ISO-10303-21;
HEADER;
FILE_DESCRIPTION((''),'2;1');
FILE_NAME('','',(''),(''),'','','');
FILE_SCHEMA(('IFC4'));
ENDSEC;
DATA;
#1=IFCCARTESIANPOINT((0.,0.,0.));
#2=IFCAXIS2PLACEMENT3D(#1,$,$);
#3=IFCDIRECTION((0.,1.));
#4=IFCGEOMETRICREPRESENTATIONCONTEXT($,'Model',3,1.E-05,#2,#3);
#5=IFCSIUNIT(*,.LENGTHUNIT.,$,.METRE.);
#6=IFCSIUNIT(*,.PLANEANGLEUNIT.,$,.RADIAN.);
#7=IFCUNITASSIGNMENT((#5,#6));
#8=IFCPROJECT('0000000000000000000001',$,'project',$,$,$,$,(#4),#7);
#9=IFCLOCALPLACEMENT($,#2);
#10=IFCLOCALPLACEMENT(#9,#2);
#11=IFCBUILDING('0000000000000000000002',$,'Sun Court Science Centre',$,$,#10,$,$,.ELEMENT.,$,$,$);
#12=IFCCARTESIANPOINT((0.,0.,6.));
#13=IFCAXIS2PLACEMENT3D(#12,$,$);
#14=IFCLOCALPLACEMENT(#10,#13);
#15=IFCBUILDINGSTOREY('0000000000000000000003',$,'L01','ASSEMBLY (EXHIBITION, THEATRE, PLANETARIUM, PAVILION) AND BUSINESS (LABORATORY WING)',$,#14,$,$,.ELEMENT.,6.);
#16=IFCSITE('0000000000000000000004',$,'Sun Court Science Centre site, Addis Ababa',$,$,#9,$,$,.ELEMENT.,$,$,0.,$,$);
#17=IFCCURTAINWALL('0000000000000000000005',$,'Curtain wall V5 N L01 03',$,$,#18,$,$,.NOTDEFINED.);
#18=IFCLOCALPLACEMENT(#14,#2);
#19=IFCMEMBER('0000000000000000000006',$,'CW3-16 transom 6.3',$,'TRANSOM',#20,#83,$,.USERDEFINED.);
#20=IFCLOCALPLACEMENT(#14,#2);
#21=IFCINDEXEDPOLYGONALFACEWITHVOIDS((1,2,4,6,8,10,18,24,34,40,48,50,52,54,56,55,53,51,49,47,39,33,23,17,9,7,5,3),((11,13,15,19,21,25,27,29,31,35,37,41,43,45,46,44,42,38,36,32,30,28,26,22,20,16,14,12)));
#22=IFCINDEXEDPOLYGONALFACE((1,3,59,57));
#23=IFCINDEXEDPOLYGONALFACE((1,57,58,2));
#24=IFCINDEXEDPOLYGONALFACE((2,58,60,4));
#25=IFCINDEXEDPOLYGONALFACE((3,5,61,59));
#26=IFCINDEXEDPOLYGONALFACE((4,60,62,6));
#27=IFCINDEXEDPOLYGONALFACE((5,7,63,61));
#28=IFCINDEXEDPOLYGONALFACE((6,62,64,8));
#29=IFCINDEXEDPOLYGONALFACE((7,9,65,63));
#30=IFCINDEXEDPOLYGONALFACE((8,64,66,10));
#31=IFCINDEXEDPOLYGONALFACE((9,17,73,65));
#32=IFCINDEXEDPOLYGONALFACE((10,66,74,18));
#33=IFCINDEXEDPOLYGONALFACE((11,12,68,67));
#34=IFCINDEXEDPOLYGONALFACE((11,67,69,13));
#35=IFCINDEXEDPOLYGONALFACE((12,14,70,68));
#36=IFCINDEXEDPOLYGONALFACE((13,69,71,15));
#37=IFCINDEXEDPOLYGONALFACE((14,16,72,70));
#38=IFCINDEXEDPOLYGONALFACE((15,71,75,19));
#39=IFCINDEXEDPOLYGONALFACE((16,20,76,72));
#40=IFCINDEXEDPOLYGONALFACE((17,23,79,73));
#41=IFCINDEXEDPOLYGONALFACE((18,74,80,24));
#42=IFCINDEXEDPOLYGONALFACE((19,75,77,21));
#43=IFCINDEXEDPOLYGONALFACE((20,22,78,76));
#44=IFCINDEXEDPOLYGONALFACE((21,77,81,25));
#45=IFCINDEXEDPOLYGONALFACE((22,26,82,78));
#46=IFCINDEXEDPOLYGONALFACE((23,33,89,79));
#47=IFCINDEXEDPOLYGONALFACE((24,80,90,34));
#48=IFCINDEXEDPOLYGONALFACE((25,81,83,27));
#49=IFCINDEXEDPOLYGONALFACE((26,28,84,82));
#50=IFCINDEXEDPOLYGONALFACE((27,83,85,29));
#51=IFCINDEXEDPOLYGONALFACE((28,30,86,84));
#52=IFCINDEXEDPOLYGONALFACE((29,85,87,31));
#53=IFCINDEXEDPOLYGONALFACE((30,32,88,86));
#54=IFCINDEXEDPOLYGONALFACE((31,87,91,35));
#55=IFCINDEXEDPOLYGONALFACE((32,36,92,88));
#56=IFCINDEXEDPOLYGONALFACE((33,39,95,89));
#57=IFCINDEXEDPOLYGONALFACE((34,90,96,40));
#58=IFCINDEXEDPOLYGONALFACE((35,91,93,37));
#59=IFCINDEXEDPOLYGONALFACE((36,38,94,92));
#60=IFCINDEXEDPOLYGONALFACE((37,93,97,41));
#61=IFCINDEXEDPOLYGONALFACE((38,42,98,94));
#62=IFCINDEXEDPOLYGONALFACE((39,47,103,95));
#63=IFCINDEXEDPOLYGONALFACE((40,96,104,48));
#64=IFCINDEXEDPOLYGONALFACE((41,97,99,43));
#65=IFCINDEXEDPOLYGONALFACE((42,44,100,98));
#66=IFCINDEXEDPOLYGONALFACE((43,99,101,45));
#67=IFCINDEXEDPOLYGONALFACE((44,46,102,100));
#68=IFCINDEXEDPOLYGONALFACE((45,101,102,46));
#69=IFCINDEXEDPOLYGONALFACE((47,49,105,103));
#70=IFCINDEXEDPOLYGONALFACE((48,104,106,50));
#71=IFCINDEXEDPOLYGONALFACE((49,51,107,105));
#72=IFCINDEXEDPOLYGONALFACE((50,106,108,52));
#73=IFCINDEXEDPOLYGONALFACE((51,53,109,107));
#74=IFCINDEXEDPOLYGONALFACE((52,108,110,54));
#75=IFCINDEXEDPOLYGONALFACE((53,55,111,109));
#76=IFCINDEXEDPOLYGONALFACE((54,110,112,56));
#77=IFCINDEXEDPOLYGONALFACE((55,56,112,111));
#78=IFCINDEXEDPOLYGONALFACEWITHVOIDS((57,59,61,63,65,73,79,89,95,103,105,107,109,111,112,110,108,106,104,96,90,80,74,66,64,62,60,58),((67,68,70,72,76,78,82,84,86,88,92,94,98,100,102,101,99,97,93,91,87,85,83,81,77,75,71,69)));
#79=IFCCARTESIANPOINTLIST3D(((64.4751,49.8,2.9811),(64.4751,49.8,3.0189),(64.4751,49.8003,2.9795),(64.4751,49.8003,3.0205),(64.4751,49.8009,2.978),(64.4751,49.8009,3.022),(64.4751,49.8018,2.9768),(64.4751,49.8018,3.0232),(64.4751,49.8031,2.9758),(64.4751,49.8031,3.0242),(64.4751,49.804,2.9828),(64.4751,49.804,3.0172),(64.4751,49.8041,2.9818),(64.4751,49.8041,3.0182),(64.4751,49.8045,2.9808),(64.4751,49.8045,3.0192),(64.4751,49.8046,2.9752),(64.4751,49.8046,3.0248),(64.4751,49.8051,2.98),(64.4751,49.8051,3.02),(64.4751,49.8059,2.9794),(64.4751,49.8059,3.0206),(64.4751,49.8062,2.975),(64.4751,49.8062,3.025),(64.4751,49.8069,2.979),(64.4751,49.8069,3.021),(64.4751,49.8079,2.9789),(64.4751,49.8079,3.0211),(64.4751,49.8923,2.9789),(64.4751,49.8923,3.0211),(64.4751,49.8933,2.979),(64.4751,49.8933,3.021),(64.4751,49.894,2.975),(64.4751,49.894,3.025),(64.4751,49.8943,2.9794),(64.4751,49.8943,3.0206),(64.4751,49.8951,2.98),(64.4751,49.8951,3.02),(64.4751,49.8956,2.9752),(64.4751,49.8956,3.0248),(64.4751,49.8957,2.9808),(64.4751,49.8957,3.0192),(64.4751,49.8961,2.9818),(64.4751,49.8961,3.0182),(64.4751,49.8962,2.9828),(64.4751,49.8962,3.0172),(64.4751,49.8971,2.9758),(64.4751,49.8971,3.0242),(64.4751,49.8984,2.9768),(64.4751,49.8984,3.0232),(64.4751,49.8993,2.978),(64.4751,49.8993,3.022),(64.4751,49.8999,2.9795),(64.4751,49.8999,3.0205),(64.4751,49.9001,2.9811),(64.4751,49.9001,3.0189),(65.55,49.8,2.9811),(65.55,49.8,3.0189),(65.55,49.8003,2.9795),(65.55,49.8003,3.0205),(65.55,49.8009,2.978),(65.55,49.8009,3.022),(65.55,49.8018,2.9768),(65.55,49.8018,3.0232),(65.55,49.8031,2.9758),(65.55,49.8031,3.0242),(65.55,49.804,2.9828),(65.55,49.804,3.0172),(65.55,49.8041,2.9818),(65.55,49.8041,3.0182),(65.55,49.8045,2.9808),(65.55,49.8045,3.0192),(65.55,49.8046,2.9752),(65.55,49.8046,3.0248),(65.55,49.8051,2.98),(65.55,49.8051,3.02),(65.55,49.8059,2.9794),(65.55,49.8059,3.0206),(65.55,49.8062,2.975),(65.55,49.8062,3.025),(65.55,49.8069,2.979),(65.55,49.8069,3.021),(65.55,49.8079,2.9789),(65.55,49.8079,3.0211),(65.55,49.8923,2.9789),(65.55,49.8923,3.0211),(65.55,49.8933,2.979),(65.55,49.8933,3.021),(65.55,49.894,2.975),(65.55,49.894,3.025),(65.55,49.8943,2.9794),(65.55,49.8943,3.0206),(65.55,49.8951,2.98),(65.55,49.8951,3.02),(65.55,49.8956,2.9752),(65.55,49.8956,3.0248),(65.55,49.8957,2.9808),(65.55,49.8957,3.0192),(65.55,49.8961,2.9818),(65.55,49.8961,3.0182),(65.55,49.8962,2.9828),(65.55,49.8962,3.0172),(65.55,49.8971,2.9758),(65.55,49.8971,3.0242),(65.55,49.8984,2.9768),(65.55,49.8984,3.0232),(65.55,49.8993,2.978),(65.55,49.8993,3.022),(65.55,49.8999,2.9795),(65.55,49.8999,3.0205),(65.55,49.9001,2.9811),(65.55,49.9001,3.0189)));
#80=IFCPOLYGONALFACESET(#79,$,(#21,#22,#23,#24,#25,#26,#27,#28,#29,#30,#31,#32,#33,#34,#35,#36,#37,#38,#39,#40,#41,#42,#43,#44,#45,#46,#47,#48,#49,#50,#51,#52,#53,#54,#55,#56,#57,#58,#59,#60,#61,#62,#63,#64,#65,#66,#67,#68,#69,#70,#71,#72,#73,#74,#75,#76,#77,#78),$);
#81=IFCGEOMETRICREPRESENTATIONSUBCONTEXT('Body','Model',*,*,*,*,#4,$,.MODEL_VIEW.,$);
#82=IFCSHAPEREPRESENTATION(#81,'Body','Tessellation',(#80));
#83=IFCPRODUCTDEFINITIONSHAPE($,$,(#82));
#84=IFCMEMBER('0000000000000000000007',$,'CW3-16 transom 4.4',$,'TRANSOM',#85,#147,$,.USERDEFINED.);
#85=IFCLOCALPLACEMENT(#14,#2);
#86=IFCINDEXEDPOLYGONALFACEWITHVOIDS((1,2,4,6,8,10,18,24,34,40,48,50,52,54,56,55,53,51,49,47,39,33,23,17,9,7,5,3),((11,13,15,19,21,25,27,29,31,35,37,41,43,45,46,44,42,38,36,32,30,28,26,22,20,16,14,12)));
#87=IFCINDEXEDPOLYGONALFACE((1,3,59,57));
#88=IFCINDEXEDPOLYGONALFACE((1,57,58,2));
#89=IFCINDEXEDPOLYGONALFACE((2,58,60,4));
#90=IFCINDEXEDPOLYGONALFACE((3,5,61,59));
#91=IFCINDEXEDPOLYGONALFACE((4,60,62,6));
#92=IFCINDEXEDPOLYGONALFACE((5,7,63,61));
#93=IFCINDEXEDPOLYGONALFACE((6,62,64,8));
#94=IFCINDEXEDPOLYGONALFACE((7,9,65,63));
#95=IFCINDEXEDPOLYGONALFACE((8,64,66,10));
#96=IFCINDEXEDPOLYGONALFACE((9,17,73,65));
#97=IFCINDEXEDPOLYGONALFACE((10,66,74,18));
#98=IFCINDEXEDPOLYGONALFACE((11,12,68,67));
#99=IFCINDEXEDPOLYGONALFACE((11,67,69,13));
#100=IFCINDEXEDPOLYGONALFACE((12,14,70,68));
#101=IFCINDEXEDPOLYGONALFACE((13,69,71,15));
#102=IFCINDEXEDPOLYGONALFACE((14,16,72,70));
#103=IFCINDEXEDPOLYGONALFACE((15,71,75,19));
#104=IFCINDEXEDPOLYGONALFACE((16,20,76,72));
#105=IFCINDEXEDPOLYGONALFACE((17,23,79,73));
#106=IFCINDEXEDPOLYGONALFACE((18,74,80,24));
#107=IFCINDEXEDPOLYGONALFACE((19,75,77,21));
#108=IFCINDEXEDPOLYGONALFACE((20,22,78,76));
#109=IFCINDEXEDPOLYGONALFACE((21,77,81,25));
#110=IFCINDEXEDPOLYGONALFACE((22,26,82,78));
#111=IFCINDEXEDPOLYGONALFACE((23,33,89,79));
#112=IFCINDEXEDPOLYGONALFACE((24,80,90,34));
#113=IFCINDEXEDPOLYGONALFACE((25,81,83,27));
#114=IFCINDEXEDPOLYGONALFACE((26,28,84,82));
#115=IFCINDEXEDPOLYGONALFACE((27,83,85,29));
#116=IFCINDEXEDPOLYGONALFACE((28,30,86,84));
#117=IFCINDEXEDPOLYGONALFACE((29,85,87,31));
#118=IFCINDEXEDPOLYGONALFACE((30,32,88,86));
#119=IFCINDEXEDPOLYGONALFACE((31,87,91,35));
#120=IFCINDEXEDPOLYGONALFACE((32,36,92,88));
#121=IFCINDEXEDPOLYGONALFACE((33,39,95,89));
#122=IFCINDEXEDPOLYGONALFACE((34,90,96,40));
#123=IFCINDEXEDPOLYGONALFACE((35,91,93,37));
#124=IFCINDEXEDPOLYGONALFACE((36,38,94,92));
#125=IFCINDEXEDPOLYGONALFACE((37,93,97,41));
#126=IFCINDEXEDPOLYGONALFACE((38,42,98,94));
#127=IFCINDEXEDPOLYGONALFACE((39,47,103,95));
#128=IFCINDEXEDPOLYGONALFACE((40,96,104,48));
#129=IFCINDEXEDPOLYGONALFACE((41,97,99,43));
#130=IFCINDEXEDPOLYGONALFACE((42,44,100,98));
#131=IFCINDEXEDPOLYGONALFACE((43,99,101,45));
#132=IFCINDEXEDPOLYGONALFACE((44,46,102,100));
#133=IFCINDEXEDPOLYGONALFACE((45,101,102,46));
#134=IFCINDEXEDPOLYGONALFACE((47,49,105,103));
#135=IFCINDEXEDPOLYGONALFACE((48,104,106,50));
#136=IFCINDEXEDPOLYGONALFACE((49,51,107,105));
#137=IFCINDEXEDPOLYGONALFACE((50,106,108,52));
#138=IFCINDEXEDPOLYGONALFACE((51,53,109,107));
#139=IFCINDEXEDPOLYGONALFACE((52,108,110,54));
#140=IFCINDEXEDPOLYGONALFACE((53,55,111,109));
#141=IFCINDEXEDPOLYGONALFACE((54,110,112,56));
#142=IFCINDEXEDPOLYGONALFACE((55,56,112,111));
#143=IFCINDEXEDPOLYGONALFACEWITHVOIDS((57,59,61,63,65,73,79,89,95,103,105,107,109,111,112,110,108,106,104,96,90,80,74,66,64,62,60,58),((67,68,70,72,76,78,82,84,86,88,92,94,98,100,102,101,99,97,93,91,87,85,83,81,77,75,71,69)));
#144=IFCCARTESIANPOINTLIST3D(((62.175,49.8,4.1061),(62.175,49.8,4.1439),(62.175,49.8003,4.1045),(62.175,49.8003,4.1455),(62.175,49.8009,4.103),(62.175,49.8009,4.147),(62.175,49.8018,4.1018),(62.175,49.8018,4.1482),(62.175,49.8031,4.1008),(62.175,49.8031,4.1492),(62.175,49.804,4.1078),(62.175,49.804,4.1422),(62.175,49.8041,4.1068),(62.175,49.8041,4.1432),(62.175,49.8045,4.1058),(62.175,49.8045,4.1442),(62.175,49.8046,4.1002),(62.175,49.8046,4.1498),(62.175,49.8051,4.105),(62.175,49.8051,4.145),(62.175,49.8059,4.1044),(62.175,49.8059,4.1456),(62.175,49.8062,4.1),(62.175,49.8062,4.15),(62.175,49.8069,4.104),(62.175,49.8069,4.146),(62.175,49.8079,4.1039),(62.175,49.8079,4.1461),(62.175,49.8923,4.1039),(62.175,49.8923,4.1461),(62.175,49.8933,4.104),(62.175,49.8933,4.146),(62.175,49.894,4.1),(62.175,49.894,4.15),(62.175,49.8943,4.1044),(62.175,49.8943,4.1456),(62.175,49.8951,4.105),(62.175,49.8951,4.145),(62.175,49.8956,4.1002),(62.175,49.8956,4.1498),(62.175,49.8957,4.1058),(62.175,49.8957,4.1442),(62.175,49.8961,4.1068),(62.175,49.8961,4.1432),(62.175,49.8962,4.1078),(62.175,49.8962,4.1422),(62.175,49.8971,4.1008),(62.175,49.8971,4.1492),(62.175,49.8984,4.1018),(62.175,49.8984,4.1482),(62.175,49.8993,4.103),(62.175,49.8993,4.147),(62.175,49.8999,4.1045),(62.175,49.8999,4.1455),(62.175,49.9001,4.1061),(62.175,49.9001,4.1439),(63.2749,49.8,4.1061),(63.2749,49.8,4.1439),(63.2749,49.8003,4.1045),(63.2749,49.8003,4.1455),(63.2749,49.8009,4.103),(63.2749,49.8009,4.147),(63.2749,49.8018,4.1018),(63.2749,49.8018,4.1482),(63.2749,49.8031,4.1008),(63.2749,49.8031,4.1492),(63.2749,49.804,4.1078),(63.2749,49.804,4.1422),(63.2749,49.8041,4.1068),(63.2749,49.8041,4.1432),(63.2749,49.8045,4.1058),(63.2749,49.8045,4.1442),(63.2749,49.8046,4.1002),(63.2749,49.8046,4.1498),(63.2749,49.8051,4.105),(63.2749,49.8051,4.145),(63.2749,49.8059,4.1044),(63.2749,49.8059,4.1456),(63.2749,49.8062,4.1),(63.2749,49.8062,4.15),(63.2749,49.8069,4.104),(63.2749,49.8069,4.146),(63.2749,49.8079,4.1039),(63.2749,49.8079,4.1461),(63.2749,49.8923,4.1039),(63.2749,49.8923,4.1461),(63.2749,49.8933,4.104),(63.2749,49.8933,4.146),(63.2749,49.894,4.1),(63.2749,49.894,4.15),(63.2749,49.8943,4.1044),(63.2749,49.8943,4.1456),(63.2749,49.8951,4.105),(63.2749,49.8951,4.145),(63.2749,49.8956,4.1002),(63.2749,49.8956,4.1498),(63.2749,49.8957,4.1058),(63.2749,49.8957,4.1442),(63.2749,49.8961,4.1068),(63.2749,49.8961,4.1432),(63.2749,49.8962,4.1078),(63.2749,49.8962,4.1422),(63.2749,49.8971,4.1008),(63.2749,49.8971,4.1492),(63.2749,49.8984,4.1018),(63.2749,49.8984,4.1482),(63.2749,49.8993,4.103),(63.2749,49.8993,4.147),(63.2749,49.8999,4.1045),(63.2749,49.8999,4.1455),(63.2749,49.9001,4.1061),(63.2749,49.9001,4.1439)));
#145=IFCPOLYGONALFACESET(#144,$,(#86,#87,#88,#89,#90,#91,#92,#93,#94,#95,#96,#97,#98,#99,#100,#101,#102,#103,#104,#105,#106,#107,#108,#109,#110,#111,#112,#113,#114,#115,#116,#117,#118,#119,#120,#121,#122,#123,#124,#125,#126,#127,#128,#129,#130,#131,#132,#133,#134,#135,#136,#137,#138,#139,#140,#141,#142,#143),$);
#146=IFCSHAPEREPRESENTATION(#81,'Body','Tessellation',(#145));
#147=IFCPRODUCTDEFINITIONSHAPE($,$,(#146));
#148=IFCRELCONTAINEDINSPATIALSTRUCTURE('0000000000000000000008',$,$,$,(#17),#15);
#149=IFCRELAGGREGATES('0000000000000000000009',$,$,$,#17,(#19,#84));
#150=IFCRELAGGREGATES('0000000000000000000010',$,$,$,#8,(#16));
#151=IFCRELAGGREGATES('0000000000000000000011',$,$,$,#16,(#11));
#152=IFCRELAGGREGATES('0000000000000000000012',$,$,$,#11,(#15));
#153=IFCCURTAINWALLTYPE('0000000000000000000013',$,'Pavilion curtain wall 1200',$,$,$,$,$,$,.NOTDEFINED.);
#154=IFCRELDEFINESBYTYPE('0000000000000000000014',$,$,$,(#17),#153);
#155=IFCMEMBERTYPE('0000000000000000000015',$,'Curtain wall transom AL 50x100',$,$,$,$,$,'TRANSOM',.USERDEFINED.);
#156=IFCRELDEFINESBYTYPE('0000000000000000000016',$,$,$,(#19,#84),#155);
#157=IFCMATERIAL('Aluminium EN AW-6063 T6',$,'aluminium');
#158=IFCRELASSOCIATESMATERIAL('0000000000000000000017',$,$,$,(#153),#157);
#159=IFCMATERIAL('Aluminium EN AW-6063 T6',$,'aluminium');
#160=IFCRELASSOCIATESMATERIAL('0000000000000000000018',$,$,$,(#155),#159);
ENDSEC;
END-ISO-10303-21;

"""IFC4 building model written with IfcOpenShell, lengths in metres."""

from ifc_helpers import new_model, si_unit, direction, frame, origin, origin_2d, place, context, subcontext, project, spatial, hollow_rectangle, extrude, material, material_profile, profile_set, type_object, element, aggregate, save


model = new_model("IFC4")

# Units and contexts
model_context = context("Model", 3, precision=1e-05, world=origin(), true_north=direction((0.0, 1.0)))
body_context = subcontext(model_context, "Body", "Model", "MODEL_VIEW")
ifc_project = project(units=[si_unit("LENGTHUNIT", "METRE"), si_unit("PLANEANGLEUNIT", "RADIAN")], contexts=[model_context])

# Site, building, storey
site_placement = place(None, origin())
site = spatial("IfcSite", under=ifc_project, at=site_placement, Name="Sun Court Science Centre site, Addis Ababa", CompositionType="ELEMENT", RefElevation=0.0)
building_placement = place(site_placement, origin())
building = spatial("IfcBuilding", under=site, at=building_placement, Name="Sun Court Science Centre", CompositionType="ELEMENT")
storey_placement = place(building_placement, frame((0.0, 0.0, 6.0)))
storey = spatial("IfcBuildingStorey", under=building, at=storey_placement, Name="L01", Description="ASSEMBLY (EXHIBITION, THEATRE, PLANETARIUM, PAVILION) AND BUSINESS (LABORATORY WING)", CompositionType="ELEMENT", Elevation=6.0)

# Curtain wall, members
ifc_material_1 = material(Name="Aluminium EN AW-6063 T6", Category="aluminium")
curtain_wall_type = type_object("IfcCurtainWallType", Name="Pavilion curtain wall 1200", PredefinedType="NOTDEFINED", material=ifc_material_1)
curtain_wall_placement = place(storey_placement, origin())
curtain_wall = element("IfcCurtainWall", 1, at=curtain_wall_placement, inside=storey, type_object=curtain_wall_type, Name="Curtain wall V5 N L01 03", PredefinedType="NOTDEFINED")
ifc_material_2 = material(Name="Aluminium EN AW-6063 T6", Category="aluminium")
ifc_material_profile_1 = material_profile(ifc_material_2, hollow_rectangle(XDim=0.05, YDim=0.1001, WallThickness=0.0039, InnerFilletRadius=0.0039, OuterFilletRadius=0.0061, at=origin_2d()), Name="AL 50x100x4")
ifc_profile_set_1 = profile_set([ifc_material_profile_1], Name="Aluminium EN AW-6063 T6")
member_type_1 = type_object("IfcMemberType", Name="Curtain wall transom AL 50x100", ElementType="TRANSOM", PredefinedType="USERDEFINED", material=ifc_profile_set_1)
member_1_placement = place(storey_placement, frame((64.4751, 49.8501, 3.0), z_axis=(1.0, 0.0, 0.0), x_axis=(0.0, 0.0, 1.0)))
member_1 = element("IfcMember", 2, at=member_1_placement, type_object=member_type_1, Name="CW3-16 transom 6.3", ObjectType="TRANSOM", PredefinedType="USERDEFINED", context=body_context, shape_type="SweptSolid", body=[
    extrude(hollow_rectangle(XDim=0.05, YDim=0.1001, WallThickness=0.0039, InnerFilletRadius=0.0039, OuterFilletRadius=0.0061, at=origin_2d()), origin(), (0.0, 0.0, 1.0), 1.075),
])
member_2_placement = place(storey_placement, frame((62.175, 49.8501, 4.125), z_axis=(1.0, 0.0, 0.0), x_axis=(0.0, 0.0, 1.0)))
member_2 = element("IfcMember", 3, at=member_2_placement, type_object=member_type_1, Name="CW3-16 transom 4.4", ObjectType="TRANSOM", PredefinedType="USERDEFINED", context=body_context, shape_type="SweptSolid", body=[
    extrude(hollow_rectangle(XDim=0.05, YDim=0.1001, WallThickness=0.0039, InnerFilletRadius=0.0039, OuterFilletRadius=0.0061, at=origin_2d()), origin(), (0.0, 0.0, 1.0), 1.0999),
])
aggregate(curtain_wall, [member_1, member_2])

save(model, "model.ifc")
